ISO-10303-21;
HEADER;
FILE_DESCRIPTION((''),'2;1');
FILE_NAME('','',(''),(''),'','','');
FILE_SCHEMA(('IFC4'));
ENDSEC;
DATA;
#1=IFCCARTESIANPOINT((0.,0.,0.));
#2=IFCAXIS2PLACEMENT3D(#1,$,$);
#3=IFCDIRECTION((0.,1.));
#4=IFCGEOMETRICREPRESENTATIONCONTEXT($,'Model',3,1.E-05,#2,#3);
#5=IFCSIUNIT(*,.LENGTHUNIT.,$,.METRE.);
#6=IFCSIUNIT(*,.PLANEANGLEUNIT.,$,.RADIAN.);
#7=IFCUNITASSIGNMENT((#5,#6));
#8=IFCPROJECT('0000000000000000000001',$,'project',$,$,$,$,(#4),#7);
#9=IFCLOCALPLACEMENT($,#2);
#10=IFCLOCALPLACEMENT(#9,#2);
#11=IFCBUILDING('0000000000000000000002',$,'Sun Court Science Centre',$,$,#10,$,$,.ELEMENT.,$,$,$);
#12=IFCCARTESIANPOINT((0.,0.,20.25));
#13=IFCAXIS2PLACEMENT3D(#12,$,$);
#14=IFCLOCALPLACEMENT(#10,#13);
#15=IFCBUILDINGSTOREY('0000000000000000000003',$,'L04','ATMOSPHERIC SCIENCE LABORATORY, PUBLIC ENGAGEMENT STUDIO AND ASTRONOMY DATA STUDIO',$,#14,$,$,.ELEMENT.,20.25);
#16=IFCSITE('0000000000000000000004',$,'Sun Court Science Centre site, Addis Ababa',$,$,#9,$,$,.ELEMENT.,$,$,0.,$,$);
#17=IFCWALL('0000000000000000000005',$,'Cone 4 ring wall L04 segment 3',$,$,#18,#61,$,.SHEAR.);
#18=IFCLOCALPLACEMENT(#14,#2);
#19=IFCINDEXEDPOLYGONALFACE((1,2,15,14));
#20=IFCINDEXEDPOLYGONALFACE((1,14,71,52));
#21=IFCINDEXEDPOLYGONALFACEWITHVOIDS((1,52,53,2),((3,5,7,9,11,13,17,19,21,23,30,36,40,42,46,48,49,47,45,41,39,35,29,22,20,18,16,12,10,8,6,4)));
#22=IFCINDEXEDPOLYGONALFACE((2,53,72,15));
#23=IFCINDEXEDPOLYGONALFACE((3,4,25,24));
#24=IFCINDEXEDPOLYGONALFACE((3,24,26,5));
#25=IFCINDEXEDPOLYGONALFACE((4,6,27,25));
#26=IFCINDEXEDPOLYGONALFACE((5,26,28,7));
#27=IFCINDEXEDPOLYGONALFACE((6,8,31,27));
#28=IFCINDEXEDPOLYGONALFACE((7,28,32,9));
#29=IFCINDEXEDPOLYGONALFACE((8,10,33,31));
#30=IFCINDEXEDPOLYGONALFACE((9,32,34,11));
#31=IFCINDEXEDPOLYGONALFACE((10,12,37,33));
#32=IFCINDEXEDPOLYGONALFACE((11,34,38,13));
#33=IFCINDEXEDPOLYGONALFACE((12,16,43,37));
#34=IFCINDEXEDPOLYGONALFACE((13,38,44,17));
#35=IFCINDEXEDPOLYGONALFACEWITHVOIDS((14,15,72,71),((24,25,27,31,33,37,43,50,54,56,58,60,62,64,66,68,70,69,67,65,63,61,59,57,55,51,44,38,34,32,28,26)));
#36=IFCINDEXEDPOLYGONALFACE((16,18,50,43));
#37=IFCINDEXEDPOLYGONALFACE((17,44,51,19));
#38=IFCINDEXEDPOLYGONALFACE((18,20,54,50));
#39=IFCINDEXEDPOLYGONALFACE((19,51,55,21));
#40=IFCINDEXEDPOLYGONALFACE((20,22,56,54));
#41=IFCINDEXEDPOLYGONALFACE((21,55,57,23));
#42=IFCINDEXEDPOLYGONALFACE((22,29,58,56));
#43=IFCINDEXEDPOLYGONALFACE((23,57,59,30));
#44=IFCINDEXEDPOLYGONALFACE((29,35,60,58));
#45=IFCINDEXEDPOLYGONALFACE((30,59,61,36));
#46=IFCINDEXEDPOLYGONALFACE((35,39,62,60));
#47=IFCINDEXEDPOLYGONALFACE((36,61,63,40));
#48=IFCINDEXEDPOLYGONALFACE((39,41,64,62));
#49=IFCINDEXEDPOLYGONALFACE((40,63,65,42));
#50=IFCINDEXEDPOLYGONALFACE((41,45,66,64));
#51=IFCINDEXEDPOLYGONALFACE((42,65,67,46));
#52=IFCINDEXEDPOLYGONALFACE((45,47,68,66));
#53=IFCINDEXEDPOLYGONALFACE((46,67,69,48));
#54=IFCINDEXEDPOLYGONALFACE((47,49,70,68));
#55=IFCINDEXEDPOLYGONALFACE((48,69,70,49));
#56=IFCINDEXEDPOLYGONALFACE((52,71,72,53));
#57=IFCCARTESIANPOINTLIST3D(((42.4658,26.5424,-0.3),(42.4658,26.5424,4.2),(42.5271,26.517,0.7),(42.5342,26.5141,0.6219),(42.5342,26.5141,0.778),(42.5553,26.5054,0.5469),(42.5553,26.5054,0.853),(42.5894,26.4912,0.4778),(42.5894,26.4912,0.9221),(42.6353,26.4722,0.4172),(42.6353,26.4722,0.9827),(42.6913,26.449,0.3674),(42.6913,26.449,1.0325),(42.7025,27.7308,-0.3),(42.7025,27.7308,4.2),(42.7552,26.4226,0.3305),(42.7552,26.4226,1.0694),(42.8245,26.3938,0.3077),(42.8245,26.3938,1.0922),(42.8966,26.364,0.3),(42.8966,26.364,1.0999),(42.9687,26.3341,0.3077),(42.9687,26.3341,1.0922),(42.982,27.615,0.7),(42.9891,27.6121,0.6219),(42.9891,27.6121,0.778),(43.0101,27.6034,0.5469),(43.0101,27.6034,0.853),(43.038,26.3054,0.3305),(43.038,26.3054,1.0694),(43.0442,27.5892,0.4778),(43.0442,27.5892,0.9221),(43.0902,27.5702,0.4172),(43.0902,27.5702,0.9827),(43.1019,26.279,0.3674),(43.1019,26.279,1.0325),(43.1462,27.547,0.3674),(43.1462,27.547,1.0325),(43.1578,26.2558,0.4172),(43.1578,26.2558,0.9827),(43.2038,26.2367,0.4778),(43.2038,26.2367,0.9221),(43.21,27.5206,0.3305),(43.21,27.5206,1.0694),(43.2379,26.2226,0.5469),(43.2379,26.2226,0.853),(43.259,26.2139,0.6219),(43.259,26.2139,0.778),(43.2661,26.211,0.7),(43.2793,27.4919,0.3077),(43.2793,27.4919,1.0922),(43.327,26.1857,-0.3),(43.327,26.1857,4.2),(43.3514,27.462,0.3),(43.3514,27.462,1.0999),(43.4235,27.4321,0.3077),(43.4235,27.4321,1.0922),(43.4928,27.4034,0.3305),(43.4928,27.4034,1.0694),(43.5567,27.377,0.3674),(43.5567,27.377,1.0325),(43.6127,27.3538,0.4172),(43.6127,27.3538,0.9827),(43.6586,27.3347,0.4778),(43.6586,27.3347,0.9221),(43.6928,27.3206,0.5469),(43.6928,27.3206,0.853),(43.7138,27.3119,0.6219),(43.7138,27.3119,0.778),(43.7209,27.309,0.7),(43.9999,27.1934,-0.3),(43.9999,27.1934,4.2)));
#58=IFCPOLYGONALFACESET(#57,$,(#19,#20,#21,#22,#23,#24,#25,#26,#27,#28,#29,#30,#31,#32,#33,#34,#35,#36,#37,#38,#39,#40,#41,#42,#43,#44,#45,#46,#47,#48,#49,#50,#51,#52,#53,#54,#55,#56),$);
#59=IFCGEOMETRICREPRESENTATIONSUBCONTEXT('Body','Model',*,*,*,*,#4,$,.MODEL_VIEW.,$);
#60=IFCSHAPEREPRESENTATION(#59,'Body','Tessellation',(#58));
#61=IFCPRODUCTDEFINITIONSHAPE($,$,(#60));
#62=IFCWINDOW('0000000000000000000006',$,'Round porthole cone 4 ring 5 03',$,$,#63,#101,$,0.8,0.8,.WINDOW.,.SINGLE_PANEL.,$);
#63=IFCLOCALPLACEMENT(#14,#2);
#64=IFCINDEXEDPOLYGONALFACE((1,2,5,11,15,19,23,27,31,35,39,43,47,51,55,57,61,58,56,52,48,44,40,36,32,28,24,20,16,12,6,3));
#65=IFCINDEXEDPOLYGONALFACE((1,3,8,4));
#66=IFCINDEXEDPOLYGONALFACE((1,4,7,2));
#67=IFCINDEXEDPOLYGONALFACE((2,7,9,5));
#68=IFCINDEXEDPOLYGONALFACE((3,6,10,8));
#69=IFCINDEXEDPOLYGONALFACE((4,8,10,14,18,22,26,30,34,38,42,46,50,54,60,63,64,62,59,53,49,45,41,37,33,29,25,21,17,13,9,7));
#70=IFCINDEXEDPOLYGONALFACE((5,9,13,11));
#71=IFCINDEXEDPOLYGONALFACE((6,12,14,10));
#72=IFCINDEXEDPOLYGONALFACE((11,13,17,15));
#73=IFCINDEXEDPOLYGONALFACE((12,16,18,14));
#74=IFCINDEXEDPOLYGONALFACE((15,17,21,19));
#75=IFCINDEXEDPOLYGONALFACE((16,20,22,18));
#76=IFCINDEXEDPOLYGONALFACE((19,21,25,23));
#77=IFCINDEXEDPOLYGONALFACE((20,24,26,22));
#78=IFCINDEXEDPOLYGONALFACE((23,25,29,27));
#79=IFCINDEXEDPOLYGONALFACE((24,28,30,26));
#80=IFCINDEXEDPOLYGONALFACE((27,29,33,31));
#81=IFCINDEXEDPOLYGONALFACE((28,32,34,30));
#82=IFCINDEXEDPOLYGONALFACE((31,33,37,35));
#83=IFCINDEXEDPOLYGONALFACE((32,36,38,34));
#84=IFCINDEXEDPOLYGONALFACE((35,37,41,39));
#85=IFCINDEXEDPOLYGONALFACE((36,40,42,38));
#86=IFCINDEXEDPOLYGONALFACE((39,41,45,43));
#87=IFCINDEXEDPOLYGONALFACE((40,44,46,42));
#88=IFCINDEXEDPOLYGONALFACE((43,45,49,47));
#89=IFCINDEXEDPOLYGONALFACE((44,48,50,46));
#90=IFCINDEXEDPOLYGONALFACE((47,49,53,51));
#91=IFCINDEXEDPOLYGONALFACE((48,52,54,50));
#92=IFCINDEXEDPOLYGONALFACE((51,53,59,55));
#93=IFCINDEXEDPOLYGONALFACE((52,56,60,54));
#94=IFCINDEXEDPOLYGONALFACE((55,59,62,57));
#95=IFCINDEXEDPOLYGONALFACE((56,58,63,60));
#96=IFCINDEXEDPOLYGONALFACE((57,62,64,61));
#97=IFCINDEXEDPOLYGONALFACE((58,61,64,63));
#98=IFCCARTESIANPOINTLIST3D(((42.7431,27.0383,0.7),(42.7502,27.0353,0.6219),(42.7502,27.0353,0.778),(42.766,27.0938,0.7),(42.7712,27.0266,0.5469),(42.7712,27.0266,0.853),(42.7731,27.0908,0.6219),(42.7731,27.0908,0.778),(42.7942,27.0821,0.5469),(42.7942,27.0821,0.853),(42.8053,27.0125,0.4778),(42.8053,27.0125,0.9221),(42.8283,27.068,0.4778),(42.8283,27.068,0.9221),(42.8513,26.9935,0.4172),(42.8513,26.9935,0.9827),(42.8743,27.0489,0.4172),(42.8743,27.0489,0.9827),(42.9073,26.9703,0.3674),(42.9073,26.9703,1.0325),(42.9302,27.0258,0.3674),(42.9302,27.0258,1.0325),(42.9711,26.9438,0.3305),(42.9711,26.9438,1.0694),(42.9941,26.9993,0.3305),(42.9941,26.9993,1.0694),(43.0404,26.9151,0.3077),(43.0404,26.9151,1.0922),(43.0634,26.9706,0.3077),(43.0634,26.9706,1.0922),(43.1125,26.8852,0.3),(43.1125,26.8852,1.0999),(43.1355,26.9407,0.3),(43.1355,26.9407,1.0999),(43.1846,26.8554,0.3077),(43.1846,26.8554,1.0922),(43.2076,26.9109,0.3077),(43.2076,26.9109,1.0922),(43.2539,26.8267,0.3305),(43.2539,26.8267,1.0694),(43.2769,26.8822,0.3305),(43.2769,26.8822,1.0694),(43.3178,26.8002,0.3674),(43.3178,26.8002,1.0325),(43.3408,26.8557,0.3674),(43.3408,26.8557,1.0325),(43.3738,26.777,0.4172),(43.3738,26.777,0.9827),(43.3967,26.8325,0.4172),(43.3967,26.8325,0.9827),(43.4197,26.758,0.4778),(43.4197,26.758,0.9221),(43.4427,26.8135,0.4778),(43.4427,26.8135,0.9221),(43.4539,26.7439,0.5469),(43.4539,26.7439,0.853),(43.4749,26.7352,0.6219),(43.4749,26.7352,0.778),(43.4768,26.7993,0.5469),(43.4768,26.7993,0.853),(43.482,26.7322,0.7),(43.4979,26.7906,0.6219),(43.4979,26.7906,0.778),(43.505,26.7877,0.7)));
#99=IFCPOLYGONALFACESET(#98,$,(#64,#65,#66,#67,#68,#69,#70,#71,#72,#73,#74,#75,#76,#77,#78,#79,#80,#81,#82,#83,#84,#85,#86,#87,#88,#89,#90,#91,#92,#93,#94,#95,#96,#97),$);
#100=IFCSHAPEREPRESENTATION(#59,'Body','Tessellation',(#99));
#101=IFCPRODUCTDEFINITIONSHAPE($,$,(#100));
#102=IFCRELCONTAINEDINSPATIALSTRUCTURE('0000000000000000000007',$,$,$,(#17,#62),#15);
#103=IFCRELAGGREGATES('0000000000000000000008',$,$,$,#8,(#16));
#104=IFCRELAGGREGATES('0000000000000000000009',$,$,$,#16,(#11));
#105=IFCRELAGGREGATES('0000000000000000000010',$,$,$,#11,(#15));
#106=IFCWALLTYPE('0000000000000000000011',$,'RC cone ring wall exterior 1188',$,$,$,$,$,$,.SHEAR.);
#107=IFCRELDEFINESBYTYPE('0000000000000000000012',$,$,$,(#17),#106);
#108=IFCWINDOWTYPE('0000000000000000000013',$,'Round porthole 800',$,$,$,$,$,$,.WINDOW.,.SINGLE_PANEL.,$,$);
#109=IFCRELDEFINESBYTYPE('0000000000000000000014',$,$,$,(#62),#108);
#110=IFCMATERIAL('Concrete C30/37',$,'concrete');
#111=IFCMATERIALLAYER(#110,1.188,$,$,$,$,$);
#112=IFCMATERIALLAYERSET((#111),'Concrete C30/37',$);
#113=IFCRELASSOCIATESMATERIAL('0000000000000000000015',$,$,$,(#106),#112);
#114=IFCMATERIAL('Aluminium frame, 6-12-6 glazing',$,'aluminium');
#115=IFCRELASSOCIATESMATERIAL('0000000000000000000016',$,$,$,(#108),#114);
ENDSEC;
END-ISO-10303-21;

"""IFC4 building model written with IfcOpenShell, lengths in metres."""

from ifc_helpers import new_model, si_unit, direction, frame, frame_2d, origin, place, context, subcontext, project, spatial, polyline, circle, outline, extrude, material, layer, layer_set, type_object, element, fill, save


model = new_model("IFC4")

# Units and contexts
model_context = context("Model", 3, precision=1e-05, world=origin(), true_north=direction((0.0, 1.0)))
body_context = subcontext(model_context, "Body", "Model", "MODEL_VIEW")
ifc_project = project(units=[si_unit("LENGTHUNIT", "METRE"), si_unit("PLANEANGLEUNIT", "RADIAN")], contexts=[model_context])

# Site, building, storey
site_placement = place(None, origin())
site = spatial("IfcSite", under=ifc_project, at=site_placement, Name="Sun Court Science Centre site, Addis Ababa", CompositionType="ELEMENT", RefElevation=0.0)
building_placement = place(site_placement, origin())
building = spatial("IfcBuilding", under=site, at=building_placement, Name="Sun Court Science Centre", CompositionType="ELEMENT")
storey_placement = place(building_placement, frame((0.0, 0.0, 20.25)))
storey = spatial("IfcBuildingStorey", under=building, at=storey_placement, Name="L04", Description="ATMOSPHERIC SCIENCE LABORATORY, PUBLIC ENGAGEMENT STUDIO AND ASTRONOMY DATA STUDIO", CompositionType="ELEMENT", Elevation=20.25)

# Wall, opening, window
ifc_material_1 = material(Name="Concrete C30/37", Category="concrete")
ifc_layer = layer(ifc_material_1, 1.188)
ifc_layer_set = layer_set([ifc_layer], Name="Concrete C30/37")
wall_type = type_object("IfcWallType", Name="RC cone ring wall exterior 1188", PredefinedType="SHEAR", material=ifc_layer_set)
ifc_material_2 = material(Name="Aluminium frame, 6-12-6 glazing", Category="aluminium")
window_type = type_object("IfcWindowType", Name="Round porthole 800", PartitioningType="SINGLE_PANEL", PredefinedType="WINDOW", material=ifc_material_2)
wall_1_placement = place(storey_placement, frame((43.7727, 26.6443, -0.3), z_axis=(0.0, 0.0, 1.0), x_axis=(-0.923877, 0.382689, 0.0)))
wall_1 = element("IfcWall", 1, at=wall_1_placement, inside=storey, type_object=wall_type, Name="Cone 4 ring wall L04 segment 3", PredefinedType="SHEAR", context=body_context, shape_type="SweptSolid", body=[
    extrude(outline(polyline([(0.0002, -0.5942), (1.4045, -0.5942), (1.1685, 0.5942), (0.2363, 0.5942), (0.0002, -0.5942)])), origin(), (0.0, 0.0, 1.0), 4.5),
])
opening_1_placement = place(wall_1_placement, frame((0.3022, 0.0, 0.6001)))
opening_1 = element("IfcOpeningElement", 2, at=opening_1_placement, cuts=wall_1, PredefinedType="OPENING", context=body_context, shape_type="SweptSolid", body=[
    extrude(circle(Radius=0.3999, at=frame_2d((0.3999, 0.3999))), frame((0.0, 0.6042, 0.0), z_axis=(0.0, -1.0, 0.0), x_axis=(1.0, 0.0, 0.0)), (0.0, 0.0, 1.0), 1.2085),
])
window_1_placement = place(opening_1_placement, origin())
window_1 = element("IfcWindow", 3, at=window_1_placement, inside=storey, type_object=window_type, Name="Round porthole cone 4 ring 5 03", OverallHeight=0.8, OverallWidth=0.8, PartitioningType="SINGLE_PANEL", PredefinedType="WINDOW", context=body_context, shape_type="SweptSolid", body=[
    extrude(circle(Radius=0.3999, at=frame_2d((0.3999, 0.3999))), frame((0.0, 0.03, 0.0), z_axis=(0.0, -1.0, 0.0), x_axis=(1.0, 0.0, 0.0)), (0.0, 0.0, 1.0), 0.0601),
])
fill(opening_1, window_1)

save(model, "model.ifc")
